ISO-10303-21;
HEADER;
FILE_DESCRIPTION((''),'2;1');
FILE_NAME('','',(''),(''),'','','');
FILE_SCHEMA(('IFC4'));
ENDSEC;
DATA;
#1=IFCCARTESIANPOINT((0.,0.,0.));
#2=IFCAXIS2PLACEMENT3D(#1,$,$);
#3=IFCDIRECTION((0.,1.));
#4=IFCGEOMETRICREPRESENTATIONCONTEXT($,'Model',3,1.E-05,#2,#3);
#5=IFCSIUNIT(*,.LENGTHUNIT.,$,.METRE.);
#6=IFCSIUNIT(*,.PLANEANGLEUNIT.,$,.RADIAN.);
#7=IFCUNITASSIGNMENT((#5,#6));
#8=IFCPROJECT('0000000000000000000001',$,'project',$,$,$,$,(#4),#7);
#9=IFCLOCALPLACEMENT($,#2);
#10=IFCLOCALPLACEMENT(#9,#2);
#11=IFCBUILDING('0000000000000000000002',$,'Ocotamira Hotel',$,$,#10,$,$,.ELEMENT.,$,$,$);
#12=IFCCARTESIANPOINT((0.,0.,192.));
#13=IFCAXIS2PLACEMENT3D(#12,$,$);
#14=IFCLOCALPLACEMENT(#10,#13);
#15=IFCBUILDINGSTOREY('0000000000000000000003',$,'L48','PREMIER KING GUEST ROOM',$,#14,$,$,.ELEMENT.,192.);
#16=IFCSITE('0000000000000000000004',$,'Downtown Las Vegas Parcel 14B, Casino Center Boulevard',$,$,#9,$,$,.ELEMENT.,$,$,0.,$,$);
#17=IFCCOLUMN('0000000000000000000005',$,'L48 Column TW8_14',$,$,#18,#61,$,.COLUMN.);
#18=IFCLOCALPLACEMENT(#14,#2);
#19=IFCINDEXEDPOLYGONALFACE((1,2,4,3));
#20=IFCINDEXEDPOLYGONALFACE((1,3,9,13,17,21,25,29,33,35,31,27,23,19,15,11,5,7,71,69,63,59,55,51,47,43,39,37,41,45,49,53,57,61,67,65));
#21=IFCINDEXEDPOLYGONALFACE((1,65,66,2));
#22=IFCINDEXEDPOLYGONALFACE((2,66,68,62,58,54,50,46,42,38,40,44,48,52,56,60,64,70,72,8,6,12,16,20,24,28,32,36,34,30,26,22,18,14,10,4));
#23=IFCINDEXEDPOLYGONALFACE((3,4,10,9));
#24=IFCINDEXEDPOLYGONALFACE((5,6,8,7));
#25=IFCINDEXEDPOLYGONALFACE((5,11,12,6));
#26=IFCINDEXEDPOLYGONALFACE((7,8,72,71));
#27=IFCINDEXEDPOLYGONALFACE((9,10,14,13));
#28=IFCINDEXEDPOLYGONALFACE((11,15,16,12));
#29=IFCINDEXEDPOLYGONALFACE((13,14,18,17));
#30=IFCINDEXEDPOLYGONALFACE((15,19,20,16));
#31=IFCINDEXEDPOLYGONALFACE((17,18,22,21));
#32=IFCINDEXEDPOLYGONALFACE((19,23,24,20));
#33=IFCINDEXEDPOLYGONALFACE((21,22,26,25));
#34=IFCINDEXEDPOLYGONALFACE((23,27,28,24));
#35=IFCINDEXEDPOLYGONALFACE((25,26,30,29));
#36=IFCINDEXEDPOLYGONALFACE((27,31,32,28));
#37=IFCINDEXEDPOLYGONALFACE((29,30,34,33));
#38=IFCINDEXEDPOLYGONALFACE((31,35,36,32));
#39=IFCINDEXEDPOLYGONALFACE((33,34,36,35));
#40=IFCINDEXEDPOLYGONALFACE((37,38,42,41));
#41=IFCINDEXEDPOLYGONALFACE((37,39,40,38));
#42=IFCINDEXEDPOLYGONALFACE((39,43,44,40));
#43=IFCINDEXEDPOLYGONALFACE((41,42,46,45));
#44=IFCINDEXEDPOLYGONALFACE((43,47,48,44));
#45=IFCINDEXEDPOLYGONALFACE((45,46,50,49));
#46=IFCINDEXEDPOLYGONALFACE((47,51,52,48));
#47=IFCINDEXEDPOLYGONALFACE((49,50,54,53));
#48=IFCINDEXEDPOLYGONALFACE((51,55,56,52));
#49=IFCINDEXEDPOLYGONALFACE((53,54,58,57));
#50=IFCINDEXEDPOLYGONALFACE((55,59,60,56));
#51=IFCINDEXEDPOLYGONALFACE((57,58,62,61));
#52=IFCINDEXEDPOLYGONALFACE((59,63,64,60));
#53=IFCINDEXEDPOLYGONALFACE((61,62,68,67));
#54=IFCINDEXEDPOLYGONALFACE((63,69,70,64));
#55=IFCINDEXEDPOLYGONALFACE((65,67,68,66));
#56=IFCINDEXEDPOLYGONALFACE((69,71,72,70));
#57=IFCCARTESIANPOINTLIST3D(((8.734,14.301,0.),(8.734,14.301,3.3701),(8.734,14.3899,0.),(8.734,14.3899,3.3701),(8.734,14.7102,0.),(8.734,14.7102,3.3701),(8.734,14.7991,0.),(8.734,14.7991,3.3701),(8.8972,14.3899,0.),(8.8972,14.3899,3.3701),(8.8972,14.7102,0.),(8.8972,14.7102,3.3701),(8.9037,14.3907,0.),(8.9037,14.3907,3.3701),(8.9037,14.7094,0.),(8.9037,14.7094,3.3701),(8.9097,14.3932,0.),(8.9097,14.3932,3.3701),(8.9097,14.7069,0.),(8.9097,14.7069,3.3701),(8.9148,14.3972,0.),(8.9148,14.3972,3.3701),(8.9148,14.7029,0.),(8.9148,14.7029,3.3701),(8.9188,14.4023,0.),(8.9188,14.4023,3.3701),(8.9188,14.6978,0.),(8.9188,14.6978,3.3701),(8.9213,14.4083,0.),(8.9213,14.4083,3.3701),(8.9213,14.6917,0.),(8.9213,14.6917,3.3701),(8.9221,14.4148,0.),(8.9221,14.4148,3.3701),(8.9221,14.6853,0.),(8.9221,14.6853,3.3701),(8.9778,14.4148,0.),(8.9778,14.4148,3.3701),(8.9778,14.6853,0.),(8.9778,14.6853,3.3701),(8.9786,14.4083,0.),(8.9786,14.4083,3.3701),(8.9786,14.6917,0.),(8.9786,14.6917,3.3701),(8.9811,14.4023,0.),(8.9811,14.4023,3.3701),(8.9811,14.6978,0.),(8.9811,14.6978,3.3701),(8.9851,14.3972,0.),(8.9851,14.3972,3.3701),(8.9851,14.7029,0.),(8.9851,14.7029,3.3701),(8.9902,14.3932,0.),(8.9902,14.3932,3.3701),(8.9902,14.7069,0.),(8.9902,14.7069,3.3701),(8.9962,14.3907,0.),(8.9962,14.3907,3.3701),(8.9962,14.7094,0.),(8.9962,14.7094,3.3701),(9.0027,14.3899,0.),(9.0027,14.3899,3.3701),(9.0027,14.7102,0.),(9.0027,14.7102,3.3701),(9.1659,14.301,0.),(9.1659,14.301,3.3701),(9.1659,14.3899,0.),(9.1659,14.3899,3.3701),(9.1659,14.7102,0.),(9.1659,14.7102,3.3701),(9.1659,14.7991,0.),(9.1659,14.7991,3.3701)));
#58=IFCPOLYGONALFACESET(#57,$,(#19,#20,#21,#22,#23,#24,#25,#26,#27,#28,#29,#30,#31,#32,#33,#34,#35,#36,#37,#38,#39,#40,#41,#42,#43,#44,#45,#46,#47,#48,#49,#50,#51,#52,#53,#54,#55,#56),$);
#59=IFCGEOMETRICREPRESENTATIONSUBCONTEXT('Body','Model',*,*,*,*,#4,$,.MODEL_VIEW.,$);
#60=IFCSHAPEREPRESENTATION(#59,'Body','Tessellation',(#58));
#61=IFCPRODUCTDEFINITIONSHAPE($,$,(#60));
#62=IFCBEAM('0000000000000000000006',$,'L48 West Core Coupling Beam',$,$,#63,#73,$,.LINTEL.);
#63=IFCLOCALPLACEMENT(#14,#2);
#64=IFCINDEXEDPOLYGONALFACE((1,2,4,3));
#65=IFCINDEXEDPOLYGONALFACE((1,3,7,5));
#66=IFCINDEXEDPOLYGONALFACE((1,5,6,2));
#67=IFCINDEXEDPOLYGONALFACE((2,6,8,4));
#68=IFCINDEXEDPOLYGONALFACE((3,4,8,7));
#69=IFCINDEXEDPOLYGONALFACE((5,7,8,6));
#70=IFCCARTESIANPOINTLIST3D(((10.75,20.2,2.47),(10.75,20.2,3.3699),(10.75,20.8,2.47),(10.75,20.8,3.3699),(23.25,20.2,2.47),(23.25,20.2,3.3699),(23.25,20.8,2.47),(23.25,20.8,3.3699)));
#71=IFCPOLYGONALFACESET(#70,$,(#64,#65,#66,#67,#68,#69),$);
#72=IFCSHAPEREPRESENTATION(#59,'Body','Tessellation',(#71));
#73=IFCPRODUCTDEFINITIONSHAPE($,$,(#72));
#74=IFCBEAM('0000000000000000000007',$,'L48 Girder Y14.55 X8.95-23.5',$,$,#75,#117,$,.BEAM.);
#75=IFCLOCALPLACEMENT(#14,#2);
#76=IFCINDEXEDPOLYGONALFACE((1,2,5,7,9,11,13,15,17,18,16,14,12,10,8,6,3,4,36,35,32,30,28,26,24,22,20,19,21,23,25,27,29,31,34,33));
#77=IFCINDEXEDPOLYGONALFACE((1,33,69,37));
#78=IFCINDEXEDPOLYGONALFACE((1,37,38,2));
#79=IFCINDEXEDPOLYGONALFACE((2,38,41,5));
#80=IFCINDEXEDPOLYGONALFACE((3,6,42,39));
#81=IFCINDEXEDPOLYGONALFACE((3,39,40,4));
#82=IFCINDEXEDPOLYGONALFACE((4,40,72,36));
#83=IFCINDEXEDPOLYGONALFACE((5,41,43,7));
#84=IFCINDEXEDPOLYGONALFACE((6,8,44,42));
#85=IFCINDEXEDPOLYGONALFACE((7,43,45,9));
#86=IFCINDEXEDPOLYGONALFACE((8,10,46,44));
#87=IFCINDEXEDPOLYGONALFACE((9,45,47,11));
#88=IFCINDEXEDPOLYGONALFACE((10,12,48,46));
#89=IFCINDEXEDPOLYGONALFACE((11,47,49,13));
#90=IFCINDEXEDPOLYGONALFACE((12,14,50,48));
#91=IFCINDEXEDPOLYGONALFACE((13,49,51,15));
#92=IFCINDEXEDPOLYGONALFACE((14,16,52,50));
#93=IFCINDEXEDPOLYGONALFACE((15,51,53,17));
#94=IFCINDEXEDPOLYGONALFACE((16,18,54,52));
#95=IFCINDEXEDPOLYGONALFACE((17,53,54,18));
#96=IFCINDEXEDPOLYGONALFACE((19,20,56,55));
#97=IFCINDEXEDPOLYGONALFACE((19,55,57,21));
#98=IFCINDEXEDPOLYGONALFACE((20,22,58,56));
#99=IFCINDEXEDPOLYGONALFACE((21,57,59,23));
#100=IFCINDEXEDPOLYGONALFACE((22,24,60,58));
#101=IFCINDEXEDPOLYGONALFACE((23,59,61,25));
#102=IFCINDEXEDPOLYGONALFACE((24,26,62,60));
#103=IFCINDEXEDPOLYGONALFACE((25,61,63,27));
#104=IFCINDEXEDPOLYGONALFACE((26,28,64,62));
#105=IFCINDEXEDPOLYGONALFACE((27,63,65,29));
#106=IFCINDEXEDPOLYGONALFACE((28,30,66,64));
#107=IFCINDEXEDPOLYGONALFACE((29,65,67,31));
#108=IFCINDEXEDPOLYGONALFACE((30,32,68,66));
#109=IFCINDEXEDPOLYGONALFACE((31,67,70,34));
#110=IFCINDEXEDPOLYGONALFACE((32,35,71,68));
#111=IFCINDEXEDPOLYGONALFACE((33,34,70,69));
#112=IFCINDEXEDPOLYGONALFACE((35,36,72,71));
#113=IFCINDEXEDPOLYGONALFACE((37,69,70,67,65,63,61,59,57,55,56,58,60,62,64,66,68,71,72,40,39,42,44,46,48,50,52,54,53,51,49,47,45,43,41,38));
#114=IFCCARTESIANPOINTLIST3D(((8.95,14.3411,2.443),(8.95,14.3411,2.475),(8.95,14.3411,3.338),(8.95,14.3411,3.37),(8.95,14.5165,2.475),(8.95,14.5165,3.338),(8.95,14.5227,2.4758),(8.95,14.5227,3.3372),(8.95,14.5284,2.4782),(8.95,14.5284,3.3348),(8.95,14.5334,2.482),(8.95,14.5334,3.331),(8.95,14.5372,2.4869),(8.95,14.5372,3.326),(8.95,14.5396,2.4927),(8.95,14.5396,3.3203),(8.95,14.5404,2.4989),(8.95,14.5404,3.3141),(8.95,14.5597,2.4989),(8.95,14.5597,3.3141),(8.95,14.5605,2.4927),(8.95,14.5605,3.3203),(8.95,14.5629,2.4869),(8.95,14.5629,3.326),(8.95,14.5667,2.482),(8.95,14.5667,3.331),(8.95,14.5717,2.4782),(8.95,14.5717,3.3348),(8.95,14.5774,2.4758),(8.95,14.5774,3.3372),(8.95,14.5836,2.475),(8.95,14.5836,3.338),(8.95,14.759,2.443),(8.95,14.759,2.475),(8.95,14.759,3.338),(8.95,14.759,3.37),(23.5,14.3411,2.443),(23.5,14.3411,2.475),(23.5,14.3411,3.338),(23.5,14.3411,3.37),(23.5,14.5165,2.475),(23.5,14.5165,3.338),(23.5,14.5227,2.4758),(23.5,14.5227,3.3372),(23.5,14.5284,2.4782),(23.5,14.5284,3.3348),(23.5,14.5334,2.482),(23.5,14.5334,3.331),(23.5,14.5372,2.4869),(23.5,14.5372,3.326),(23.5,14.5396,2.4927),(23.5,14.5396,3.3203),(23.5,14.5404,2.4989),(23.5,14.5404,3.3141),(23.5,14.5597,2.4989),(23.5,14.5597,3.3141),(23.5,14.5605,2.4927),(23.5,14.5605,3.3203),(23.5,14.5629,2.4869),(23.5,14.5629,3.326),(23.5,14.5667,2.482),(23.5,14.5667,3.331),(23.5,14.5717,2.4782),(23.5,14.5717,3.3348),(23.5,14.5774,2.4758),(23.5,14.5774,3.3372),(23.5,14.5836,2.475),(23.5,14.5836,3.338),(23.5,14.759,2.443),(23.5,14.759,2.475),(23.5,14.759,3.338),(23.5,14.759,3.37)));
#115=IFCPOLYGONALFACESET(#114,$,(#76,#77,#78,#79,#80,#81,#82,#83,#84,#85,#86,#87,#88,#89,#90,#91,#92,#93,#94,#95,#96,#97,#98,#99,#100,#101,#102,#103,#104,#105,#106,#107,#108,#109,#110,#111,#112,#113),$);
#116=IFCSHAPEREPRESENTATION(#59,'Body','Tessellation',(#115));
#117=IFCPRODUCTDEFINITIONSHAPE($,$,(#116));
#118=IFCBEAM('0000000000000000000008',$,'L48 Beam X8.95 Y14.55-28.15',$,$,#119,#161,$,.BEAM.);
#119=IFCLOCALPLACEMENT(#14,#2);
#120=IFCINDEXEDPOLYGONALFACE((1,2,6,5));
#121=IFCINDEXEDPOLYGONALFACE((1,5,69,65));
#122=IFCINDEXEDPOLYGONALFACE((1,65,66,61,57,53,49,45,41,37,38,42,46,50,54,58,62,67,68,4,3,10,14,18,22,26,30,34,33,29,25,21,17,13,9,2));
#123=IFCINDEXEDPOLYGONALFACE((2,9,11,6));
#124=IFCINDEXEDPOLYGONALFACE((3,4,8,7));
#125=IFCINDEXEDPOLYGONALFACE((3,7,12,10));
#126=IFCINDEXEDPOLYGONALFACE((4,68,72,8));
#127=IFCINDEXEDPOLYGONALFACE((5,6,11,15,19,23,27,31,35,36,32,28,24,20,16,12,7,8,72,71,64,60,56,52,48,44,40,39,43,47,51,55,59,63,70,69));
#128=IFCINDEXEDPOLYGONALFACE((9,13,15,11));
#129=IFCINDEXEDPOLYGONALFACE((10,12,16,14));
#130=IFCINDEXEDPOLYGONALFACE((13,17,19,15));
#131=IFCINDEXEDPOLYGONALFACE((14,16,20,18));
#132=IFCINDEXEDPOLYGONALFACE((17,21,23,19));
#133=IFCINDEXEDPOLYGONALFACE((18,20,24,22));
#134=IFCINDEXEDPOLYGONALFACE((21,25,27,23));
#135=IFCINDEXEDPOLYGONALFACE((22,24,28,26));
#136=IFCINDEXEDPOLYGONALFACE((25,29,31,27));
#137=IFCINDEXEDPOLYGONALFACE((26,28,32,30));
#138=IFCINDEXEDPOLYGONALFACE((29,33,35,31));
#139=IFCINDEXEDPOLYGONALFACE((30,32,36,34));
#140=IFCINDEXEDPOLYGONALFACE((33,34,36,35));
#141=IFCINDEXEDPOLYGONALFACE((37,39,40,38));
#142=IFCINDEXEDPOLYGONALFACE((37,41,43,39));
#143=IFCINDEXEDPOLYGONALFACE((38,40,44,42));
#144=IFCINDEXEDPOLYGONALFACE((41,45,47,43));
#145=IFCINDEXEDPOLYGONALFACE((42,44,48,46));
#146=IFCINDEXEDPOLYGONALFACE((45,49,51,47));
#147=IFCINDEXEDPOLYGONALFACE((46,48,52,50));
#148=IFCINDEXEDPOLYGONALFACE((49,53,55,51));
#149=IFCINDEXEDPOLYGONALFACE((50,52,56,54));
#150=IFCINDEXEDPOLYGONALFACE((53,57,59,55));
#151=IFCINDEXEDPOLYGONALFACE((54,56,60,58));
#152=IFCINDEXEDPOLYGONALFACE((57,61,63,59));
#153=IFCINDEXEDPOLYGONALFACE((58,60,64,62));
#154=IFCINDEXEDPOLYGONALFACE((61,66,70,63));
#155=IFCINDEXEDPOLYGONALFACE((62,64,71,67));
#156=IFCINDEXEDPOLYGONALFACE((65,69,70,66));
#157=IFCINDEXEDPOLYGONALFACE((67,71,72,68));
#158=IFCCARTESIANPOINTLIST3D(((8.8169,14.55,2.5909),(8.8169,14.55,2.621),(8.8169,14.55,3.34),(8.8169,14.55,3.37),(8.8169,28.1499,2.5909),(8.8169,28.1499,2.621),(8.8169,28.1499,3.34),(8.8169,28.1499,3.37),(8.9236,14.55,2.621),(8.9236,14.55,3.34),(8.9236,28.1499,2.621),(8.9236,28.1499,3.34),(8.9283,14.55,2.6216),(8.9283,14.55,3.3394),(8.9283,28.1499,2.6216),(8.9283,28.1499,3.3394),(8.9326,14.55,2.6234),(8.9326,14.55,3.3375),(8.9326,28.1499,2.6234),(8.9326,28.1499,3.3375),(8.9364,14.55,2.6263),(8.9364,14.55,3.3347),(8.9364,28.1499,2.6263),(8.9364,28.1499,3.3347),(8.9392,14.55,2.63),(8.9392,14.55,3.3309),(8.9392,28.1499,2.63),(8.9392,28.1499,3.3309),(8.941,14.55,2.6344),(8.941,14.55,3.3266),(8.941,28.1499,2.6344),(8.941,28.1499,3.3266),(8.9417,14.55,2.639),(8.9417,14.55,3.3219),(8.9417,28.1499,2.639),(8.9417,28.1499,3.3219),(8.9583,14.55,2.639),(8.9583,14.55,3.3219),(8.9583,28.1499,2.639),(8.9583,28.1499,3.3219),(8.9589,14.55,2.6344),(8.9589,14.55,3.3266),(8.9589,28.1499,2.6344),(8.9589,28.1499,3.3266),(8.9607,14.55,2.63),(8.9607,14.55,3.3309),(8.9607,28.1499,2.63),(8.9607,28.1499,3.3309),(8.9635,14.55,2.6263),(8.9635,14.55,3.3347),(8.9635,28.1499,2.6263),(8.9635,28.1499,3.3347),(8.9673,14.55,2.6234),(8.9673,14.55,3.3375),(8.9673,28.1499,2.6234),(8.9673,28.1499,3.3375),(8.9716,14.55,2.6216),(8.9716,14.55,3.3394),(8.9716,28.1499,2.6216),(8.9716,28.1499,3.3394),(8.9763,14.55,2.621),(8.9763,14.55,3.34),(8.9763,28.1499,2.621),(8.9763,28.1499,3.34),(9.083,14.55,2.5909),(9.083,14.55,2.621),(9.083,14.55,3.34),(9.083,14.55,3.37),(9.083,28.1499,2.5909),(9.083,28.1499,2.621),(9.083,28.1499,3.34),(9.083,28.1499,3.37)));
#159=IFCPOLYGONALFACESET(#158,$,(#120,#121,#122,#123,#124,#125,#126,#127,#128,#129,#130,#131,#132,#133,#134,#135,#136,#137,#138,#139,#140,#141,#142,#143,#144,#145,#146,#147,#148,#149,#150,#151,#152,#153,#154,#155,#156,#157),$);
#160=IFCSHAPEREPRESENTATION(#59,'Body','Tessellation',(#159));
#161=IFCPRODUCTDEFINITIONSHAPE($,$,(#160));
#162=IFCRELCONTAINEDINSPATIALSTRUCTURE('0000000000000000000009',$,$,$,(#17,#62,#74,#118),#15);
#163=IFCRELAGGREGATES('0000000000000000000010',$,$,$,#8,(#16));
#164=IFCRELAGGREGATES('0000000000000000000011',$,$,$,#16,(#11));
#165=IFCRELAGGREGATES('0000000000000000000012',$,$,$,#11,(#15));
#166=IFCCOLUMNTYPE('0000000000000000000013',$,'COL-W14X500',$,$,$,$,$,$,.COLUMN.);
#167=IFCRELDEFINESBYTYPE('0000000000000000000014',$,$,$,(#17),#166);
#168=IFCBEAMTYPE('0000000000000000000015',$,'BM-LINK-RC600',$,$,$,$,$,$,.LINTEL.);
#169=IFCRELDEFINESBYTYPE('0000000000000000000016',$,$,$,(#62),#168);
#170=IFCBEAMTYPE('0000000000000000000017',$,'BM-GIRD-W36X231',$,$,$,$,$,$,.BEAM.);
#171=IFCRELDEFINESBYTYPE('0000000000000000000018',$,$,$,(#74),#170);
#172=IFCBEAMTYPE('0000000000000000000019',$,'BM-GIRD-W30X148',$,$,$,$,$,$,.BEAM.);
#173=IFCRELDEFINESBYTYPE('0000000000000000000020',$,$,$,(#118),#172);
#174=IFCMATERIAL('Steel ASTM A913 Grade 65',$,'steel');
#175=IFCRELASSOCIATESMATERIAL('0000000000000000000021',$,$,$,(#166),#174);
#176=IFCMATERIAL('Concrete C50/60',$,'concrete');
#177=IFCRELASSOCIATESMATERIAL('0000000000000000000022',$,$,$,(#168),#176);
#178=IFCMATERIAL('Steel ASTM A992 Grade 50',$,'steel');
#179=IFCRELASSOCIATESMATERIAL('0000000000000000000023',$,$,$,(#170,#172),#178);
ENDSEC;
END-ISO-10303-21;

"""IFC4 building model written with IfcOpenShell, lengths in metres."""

from ifc_helpers import new_model, si_unit, direction, frame, origin, origin_2d, place, context, subcontext, project, spatial, rectangle, i_section, extrude, source, transform, mapped, material, material_profile, profile_set, type_object, element, save


model = new_model("IFC4")

# Units and contexts
model_context = context("Model", 3, precision=1e-05, world=origin(), true_north=direction((0.0, 1.0)))
body_context = subcontext(model_context, "Body", "Model", "MODEL_VIEW")
ifc_project = project(units=[si_unit("LENGTHUNIT", "METRE"), si_unit("PLANEANGLEUNIT", "RADIAN")], contexts=[model_context])

# Site, building, storey
site_placement = place(None, origin())
site = spatial("IfcSite", under=ifc_project, at=site_placement, Name="Downtown Las Vegas Parcel 14B, Casino Center Boulevard", CompositionType="ELEMENT", RefElevation=0.0)
building_placement = place(site_placement, origin())
building = spatial("IfcBuilding", under=site, at=building_placement, Name="Ocotamira Hotel", CompositionType="ELEMENT")
storey_placement = place(building_placement, frame((0.0, 0.0, 192.0)))
storey = spatial("IfcBuildingStorey", under=building, at=storey_placement, Name="L48", Description="PREMIER KING GUEST ROOM", CompositionType="ELEMENT", Elevation=192.0)

# Column
ifc_material_1 = material(Name="Steel ASTM A913 Grade 65", Category="steel")
ifc_material_profile_1 = material_profile(ifc_material_1, i_section(OverallWidth=0.4319, OverallDepth=0.498, WebThickness=0.0557, FlangeThickness=0.0889, FilletRadius=0.0249, at=origin_2d()), Name="W14X500")
ifc_profile_set_1 = profile_set([ifc_material_profile_1], Name="Steel ASTM A913 Grade 65")
column_type = type_object("IfcColumnType", Name="COL-W14X500", PredefinedType="COLUMN", material=ifc_profile_set_1)
shared_shape_1 = source(origin(), body_context, "Body", "SweptSolid", [
    extrude(i_section(OverallWidth=0.4319, OverallDepth=0.498, WebThickness=0.0557, FlangeThickness=0.0889, FilletRadius=0.0249, at=origin_2d()), origin(), (0.0, 0.0, 1.0), 3.3701),
])
column_placement = place(storey_placement, frame((8.95, 14.55, 0.0), z_axis=(0.0, 0.0, 1.0), x_axis=(1.0, 0.0, 0.0)))
element("IfcColumn", 1, at=column_placement, inside=storey, type_object=column_type, Name="L48 Column TW8_14", PredefinedType="COLUMN", context=body_context, shape_type="MappedRepresentation", body=[
    mapped(shared_shape_1, transform((0.0, 0.0, 0.0), scale=1.0)),
])

# Beams
ifc_material_2 = material(Name="Concrete C50/60", Category="concrete")
ifc_material_profile_2 = material_profile(ifc_material_2, rectangle(XDim=0.6001, YDim=0.8999, at=origin_2d()), Name="RC600X900")
ifc_profile_set_2 = profile_set([ifc_material_profile_2], Name="Concrete C50/60")
beam_type_1 = type_object("IfcBeamType", Name="BM-LINK-RC600", PredefinedType="LINTEL", material=ifc_profile_set_2)
shared_shape_2 = source(origin(), body_context, "Body", "SweptSolid", [
    extrude(rectangle(XDim=0.6001, YDim=0.8999, at=origin_2d()), origin(), (0.0, 0.0, 1.0), 12.5),
])
beam_1_placement = place(storey_placement, frame((10.75, 20.5, 2.9199), z_axis=(1.0, 0.0, 0.0), x_axis=(0.0, 1.0, 0.0)))
element("IfcBeam", 2, at=beam_1_placement, inside=storey, type_object=beam_type_1, Name="L48 West Core Coupling Beam", PredefinedType="LINTEL", context=body_context, shape_type="MappedRepresentation", body=[
    mapped(shared_shape_2, transform((0.0, 0.0, 0.0), scale=1.0)),
])
ifc_material_3 = material(Name="Steel ASTM A992 Grade 50", Category="steel")
ifc_material_profile_3 = material_profile(ifc_material_3, i_section(OverallWidth=0.418, OverallDepth=0.927, WebThickness=0.0193, FlangeThickness=0.032, FilletRadius=0.0239, at=origin_2d()), Name="W36X231")
ifc_profile_set_3 = profile_set([ifc_material_profile_3], Name="Steel ASTM A992 Grade 50")
beam_type_2 = type_object("IfcBeamType", Name="BM-GIRD-W36X231", PredefinedType="BEAM", material=ifc_profile_set_3)
shared_shape_3 = source(origin(), body_context, "Body", "SweptSolid", [
    extrude(i_section(OverallWidth=0.418, OverallDepth=0.927, WebThickness=0.0193, FlangeThickness=0.032, FilletRadius=0.0239, at=origin_2d()), origin(), (0.0, 0.0, 1.0), 14.55),
])
beam_2_placement = place(storey_placement, frame((8.95, 14.55, 2.9065), z_axis=(1.0, 0.0, 0.0), x_axis=(0.0, 1.0, 0.0)))
element("IfcBeam", 3, at=beam_2_placement, inside=storey, type_object=beam_type_2, Name="L48 Girder Y14.55 X8.95-23.5", PredefinedType="BEAM", context=body_context, shape_type="MappedRepresentation", body=[
    mapped(shared_shape_3, transform((0.0, 0.0, 0.0), scale=1.0)),
])
ifc_material_profile_4 = material_profile(ifc_material_3, i_section(OverallWidth=0.2661, OverallDepth=0.7791, WebThickness=0.0166, FlangeThickness=0.03, FilletRadius=0.0181, at=origin_2d()), Name="W30X148")
ifc_profile_set_4 = profile_set([ifc_material_profile_4], Name="Steel ASTM A992 Grade 50")
beam_type_3 = type_object("IfcBeamType", Name="BM-GIRD-W30X148", PredefinedType="BEAM", material=ifc_profile_set_4)
shared_shape_4 = source(origin(), body_context, "Body", "SweptSolid", [
    extrude(i_section(OverallWidth=0.2661, OverallDepth=0.7791, WebThickness=0.0166, FlangeThickness=0.03, FilletRadius=0.0181, at=origin_2d()), origin(), (0.0, 0.0, 1.0), 13.5999),
])
beam_3_placement = place(storey_placement, frame((8.95, 14.55, 2.9805), z_axis=(0.0, 1.0, 0.0), x_axis=(-1.0, 0.0, 0.0)))
element("IfcBeam", 4, at=beam_3_placement, inside=storey, type_object=beam_type_3, Name="L48 Beam X8.95 Y14.55-28.15", PredefinedType="BEAM", context=body_context, shape_type="MappedRepresentation", body=[
    mapped(shared_shape_4, transform((0.0, 0.0, 0.0), scale=1.0)),
])

save(model, "model.ifc")
